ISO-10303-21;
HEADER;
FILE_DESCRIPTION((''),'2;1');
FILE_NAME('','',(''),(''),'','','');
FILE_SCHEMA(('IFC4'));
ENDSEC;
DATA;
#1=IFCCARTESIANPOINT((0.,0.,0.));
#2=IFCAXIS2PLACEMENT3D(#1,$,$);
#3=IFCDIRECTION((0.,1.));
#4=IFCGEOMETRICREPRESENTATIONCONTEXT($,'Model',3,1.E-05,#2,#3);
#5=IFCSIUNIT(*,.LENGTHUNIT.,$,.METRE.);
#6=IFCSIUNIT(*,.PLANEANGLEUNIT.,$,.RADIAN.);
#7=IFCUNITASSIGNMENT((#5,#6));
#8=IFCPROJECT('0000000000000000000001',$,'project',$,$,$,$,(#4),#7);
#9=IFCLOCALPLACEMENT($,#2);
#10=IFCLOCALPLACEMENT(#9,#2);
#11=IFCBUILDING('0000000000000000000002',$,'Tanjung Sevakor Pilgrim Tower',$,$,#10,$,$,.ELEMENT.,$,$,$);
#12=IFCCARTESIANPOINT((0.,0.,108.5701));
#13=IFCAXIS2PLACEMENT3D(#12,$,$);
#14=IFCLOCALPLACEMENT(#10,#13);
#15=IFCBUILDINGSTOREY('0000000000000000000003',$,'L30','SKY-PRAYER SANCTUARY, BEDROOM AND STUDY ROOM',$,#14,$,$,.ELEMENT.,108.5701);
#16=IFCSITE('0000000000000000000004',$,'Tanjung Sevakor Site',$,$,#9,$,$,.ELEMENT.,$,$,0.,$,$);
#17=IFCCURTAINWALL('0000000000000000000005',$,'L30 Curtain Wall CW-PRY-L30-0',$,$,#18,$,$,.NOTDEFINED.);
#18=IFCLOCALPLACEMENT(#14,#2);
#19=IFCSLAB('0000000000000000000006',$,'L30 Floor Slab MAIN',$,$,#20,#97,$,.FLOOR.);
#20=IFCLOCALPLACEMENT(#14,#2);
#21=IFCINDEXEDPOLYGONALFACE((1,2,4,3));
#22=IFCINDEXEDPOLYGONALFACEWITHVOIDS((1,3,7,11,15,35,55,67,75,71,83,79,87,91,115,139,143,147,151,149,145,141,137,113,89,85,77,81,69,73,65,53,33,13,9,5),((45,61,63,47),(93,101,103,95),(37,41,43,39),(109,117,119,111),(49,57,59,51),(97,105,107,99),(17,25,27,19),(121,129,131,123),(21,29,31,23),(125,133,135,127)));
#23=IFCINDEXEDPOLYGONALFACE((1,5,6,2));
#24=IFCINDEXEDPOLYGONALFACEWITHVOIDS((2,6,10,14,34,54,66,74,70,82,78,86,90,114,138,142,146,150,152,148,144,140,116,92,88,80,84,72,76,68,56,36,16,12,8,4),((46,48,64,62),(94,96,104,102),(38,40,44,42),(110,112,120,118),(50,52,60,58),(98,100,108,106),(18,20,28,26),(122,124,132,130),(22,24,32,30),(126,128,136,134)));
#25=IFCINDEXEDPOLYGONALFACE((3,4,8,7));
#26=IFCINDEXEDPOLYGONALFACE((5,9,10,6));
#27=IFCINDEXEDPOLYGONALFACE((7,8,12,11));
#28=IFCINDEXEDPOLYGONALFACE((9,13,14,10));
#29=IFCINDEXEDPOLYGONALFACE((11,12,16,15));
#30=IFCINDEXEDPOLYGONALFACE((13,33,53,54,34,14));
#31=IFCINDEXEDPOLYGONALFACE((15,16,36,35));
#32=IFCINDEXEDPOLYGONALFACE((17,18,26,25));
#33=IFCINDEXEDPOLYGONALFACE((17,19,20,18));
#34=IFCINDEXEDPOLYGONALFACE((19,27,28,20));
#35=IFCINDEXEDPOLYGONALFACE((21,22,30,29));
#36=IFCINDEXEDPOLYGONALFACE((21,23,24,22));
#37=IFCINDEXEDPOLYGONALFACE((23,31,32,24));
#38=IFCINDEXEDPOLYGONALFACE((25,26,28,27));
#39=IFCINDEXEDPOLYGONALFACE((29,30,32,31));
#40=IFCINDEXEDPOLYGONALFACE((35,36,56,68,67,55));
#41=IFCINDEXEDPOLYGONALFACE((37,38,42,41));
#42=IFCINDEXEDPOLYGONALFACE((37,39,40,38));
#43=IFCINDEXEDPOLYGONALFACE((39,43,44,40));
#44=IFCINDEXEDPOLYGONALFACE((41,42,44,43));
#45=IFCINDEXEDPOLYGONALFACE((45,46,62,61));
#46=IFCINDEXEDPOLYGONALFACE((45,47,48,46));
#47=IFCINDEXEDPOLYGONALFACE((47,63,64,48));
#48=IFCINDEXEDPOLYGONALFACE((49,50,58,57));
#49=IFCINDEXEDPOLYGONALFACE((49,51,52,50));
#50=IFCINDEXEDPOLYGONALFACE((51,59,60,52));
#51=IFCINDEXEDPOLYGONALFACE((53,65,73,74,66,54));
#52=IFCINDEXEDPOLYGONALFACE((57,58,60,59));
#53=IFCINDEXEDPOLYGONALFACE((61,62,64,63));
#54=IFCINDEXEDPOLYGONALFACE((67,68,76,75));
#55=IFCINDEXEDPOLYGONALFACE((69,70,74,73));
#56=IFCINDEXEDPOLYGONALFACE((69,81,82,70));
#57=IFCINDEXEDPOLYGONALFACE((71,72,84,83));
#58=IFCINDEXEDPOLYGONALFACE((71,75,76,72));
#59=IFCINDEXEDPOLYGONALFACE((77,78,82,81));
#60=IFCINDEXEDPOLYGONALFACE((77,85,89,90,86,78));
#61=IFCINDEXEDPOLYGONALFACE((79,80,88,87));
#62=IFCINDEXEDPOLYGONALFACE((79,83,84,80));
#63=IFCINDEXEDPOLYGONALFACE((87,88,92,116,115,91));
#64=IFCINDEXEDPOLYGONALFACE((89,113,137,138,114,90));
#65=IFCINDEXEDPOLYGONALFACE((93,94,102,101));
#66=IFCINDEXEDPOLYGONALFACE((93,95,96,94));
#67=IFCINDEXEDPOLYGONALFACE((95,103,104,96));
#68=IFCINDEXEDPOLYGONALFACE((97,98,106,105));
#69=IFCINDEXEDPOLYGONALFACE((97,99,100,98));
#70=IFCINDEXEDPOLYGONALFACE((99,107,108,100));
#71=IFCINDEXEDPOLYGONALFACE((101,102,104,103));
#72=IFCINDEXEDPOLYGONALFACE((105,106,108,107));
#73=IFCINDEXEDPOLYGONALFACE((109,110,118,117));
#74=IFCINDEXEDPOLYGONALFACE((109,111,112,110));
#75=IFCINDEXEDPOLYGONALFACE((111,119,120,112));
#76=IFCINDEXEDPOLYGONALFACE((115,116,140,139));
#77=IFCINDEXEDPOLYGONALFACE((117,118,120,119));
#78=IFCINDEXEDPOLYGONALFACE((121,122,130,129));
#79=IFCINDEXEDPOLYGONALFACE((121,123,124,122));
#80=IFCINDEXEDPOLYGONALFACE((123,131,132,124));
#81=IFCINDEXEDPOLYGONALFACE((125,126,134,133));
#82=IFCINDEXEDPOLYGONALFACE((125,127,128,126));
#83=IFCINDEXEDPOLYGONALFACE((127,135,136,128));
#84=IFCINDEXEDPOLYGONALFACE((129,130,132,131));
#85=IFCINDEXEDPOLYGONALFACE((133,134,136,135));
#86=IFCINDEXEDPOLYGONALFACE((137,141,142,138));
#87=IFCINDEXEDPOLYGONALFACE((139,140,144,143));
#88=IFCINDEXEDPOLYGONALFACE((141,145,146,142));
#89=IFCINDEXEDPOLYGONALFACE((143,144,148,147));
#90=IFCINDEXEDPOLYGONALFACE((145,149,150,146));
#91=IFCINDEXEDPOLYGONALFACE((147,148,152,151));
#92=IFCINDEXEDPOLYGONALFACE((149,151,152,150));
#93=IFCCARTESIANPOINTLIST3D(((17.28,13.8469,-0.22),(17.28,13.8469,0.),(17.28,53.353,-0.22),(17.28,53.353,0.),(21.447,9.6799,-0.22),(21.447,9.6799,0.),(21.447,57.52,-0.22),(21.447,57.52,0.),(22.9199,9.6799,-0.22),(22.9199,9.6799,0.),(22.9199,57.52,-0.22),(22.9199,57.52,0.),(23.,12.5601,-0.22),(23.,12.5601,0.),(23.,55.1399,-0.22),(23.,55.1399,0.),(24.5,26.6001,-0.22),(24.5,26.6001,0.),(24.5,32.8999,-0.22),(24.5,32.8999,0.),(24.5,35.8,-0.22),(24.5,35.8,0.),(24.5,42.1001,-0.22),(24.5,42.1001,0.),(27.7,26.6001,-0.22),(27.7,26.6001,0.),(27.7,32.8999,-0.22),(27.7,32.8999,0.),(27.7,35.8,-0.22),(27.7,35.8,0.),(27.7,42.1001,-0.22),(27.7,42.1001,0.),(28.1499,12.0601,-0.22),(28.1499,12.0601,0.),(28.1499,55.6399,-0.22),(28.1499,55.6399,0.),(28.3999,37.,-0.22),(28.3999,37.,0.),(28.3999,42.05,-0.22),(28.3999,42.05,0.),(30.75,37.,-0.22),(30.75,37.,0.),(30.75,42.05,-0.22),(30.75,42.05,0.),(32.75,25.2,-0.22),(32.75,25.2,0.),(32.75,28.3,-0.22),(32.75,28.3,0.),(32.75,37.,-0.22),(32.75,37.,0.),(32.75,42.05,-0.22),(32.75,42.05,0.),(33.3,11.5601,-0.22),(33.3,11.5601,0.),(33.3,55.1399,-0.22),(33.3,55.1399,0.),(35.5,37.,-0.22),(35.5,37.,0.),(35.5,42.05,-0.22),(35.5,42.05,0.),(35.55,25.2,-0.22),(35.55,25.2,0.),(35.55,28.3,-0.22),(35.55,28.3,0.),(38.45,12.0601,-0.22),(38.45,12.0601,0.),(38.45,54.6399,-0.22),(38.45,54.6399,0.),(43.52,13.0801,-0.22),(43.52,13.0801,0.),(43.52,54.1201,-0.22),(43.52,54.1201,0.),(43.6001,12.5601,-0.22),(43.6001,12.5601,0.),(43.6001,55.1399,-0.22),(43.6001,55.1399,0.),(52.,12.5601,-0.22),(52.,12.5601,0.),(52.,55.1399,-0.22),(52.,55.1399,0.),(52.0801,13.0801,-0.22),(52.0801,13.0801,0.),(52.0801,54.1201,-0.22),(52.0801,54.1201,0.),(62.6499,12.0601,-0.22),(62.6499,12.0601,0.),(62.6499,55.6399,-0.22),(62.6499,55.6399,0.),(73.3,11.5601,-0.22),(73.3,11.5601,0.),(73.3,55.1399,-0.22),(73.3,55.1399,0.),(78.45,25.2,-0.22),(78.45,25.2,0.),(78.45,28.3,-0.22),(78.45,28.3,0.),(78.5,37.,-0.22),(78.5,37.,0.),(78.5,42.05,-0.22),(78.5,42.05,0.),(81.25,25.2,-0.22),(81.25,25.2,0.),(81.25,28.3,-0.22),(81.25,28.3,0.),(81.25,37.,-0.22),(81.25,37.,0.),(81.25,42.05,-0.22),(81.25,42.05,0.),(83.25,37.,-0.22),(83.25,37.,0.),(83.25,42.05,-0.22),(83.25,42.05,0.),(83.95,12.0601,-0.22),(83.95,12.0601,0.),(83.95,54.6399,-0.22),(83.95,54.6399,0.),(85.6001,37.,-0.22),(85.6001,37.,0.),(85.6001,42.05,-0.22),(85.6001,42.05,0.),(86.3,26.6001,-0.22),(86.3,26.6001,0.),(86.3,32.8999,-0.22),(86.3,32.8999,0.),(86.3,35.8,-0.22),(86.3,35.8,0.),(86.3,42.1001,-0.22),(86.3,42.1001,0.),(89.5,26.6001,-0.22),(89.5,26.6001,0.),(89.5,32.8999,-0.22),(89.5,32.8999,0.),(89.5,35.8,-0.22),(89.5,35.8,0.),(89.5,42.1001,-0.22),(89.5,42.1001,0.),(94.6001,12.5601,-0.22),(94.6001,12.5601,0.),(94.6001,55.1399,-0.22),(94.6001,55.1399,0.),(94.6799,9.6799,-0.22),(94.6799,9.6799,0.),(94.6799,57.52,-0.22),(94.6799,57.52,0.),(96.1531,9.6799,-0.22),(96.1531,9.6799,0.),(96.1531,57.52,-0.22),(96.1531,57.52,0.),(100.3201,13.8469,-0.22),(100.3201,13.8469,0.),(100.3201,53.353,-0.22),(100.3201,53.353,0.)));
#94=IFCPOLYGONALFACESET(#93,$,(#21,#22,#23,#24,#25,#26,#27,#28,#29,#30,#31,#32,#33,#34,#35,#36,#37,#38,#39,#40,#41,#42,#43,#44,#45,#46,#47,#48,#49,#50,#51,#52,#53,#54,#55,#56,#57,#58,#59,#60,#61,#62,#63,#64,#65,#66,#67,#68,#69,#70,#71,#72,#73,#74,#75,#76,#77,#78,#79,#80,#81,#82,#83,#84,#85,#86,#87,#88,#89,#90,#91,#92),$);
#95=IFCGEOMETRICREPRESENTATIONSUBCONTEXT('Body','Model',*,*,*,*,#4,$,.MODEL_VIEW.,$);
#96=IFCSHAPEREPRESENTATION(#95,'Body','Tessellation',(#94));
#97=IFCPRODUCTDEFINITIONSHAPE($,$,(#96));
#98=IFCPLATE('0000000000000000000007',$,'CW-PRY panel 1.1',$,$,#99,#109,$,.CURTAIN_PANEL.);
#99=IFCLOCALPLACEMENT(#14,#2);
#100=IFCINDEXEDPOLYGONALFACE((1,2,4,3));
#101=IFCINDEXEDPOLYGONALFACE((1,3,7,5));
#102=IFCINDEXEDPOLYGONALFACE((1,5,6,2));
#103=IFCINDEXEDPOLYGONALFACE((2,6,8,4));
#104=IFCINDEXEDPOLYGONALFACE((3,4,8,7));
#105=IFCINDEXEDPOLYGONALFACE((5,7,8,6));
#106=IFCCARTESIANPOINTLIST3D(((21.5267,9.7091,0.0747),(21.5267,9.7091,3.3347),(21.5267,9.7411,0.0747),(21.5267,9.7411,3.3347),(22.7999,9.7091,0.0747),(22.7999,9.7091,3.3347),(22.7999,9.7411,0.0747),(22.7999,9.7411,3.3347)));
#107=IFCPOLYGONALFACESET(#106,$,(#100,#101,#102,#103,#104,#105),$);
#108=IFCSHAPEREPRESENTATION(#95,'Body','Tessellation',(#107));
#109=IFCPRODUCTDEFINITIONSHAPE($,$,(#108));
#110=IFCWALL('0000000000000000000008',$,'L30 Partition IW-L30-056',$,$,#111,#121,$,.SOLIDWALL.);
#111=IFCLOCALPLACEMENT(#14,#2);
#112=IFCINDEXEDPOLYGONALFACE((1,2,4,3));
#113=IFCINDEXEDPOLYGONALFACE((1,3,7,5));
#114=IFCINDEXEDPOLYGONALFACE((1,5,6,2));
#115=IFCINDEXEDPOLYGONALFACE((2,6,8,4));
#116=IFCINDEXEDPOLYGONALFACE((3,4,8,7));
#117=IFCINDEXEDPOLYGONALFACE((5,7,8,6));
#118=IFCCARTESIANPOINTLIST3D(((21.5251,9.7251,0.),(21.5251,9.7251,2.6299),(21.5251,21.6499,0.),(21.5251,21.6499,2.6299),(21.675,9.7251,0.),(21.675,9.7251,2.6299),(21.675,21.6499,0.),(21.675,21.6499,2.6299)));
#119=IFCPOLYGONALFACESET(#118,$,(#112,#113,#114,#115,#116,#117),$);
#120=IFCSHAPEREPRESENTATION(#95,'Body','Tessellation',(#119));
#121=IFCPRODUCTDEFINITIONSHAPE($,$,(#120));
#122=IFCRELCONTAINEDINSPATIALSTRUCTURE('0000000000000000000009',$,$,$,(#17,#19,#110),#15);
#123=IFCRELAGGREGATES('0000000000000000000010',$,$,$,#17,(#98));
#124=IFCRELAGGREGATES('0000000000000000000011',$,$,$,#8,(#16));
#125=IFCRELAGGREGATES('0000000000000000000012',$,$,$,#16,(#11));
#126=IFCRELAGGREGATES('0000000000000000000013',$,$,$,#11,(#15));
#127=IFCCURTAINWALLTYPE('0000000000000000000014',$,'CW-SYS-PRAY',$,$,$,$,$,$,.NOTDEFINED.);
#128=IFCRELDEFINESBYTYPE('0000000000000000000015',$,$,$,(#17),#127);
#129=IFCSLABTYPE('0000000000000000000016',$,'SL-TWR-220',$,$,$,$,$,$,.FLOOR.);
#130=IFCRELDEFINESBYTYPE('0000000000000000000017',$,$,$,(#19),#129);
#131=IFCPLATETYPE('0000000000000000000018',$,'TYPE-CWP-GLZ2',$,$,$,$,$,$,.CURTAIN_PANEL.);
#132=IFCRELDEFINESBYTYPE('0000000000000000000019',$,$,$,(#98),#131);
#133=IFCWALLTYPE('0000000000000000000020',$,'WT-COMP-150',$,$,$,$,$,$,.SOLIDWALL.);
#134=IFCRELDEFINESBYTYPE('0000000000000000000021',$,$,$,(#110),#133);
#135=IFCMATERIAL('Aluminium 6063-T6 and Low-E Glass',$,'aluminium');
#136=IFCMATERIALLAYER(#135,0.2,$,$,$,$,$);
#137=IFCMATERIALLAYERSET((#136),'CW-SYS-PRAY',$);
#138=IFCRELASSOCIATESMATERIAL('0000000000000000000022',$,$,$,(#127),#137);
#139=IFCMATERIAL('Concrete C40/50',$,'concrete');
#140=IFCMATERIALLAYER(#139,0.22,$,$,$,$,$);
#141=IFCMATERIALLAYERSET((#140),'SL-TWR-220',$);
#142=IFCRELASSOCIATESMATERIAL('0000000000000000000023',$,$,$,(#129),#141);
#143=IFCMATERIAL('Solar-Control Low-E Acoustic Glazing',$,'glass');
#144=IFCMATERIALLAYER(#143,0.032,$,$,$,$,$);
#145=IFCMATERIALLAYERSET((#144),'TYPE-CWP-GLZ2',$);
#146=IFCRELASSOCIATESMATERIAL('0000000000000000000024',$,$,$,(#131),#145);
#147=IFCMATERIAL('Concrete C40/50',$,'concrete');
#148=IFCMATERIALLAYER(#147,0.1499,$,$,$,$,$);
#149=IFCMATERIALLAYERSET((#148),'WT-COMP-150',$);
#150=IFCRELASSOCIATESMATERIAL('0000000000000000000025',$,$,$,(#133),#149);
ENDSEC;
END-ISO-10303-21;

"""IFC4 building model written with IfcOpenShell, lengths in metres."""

from ifc_helpers import new_model, si_unit, direction, frame, frame_2d, origin, origin_2d, place, context, subcontext, project, spatial, polyline, rectangle, outline, extrude, material, layer, layer_set, type_object, element, aggregate, save


model = new_model("IFC4")

# Units and contexts
model_context = context("Model", 3, precision=1e-05, world=origin(), true_north=direction((0.0, 1.0)))
body_context = subcontext(model_context, "Body", "Model", "MODEL_VIEW")
ifc_project = project(units=[si_unit("LENGTHUNIT", "METRE"), si_unit("PLANEANGLEUNIT", "RADIAN")], contexts=[model_context])

# Site, building, storey
site_placement = place(None, origin())
site = spatial("IfcSite", under=ifc_project, at=site_placement, Name="Tanjung Sevakor Site", CompositionType="ELEMENT", RefElevation=0.0)
building_placement = place(site_placement, origin())
building = spatial("IfcBuilding", under=site, at=building_placement, Name="Tanjung Sevakor Pilgrim Tower", CompositionType="ELEMENT")
storey_placement = place(building_placement, frame((0.0, 0.0, 108.5701)))
storey = spatial("IfcBuildingStorey", under=building, at=storey_placement, Name="L30", Description="SKY-PRAYER SANCTUARY, BEDROOM AND STUDY ROOM", CompositionType="ELEMENT", Elevation=108.5701)

# Curtain wall
ifc_material_1 = material(Name="Aluminium 6063-T6 and Low-E Glass", Category="aluminium")
ifc_layer_1 = layer(ifc_material_1, 0.2)
ifc_layer_set_1 = layer_set([ifc_layer_1], Name="CW-SYS-PRAY")
curtain_wall_type = type_object("IfcCurtainWallType", Name="CW-SYS-PRAY", PredefinedType="NOTDEFINED", material=ifc_layer_set_1)
curtain_wall_placement = place(storey_placement, origin())
curtain_wall = element("IfcCurtainWall", 1, at=curtain_wall_placement, inside=storey, type_object=curtain_wall_type, Name="L30 Curtain Wall CW-PRY-L30-0", PredefinedType="NOTDEFINED")

# Slab
ifc_material_2 = material(Name="Concrete C40/50", Category="concrete")
ifc_layer_2 = layer(ifc_material_2, 0.22)
ifc_layer_set_2 = layer_set([ifc_layer_2], Name="SL-TWR-220")
slab_type_1 = type_object("IfcSlabType", Name="SL-TWR-220", PredefinedType="FLOOR", material=ifc_layer_set_2)
slab_1_placement = place(storey_placement, frame((0.0, 0.0, -0.22)))
element("IfcSlab", 2, at=slab_1_placement, inside=storey, type_object=slab_type_1, Name="L30 Floor Slab MAIN", PredefinedType="FLOOR", context=body_context, shape_type="SweptSolid", body=[
    extrude(outline(polyline([(21.447, 9.6799), (22.9199, 9.6799), (23.0, 12.5601), (28.1499, 12.0601), (33.3, 11.5601), (38.45, 12.0601), (43.6001, 12.5601), (43.52, 13.0801), (52.0801, 13.0801), (52.0, 12.5601), (62.6499, 12.0601), (73.3, 11.5601), (83.95, 12.0601), (94.6001, 12.5601), (94.6799, 9.6799), (96.1531, 9.6799), (100.3201, 13.8469), (100.3201, 53.353), (96.1531, 57.52), (94.6799, 57.52), (94.6001, 55.1399), (83.95, 54.6399), (73.3, 55.1399), (62.6499, 55.6399), (52.0, 55.1399), (52.0801, 54.1201), (43.52, 54.1201), (43.6001, 55.1399), (38.45, 54.6399), (33.3, 55.1399), (28.1499, 55.6399), (23.0, 55.1399), (22.9199, 57.52), (21.447, 57.52), (17.28, 53.353), (17.28, 13.8469), (21.447, 9.6799)]), holes=[polyline([(27.7, 26.6001), (27.7, 32.8999), (24.5, 32.8999), (24.5, 26.6001), (27.7, 26.6001)]), polyline([(27.7, 35.8), (27.7, 42.1001), (24.5, 42.1001), (24.5, 35.8), (27.7, 35.8)]), polyline([(89.5, 26.6001), (89.5, 32.8999), (86.3, 32.8999), (86.3, 26.6001), (89.5, 26.6001)]), polyline([(89.5, 35.8), (89.5, 42.1001), (86.3, 42.1001), (86.3, 35.8), (89.5, 35.8)]), polyline([(32.75, 25.2), (35.55, 25.2), (35.55, 28.3), (32.75, 28.3), (32.75, 25.2)]), polyline([(28.3999, 37.0), (30.75, 37.0), (30.75, 42.05), (28.3999, 42.05), (28.3999, 37.0)]), polyline([(32.75, 37.0), (35.5, 37.0), (35.5, 42.05), (32.75, 42.05), (32.75, 37.0)]), polyline([(78.45, 25.2), (81.25, 25.2), (81.25, 28.3), (78.45, 28.3), (78.45, 25.2)]), polyline([(83.25, 37.0), (85.6001, 37.0), (85.6001, 42.05), (83.25, 42.05), (83.25, 37.0)]), polyline([(78.5, 37.0), (81.25, 37.0), (81.25, 42.05), (78.5, 42.05), (78.5, 37.0)])]), origin(), (0.0, 0.0, 1.0), 0.22),
])

# Plate
ifc_material_3 = material(Name="Solar-Control Low-E Acoustic Glazing", Category="glass")
ifc_layer_3 = layer(ifc_material_3, 0.032)
ifc_layer_set_3 = layer_set([ifc_layer_3], Name="TYPE-CWP-GLZ2")
plate_type = type_object("IfcPlateType", Name="TYPE-CWP-GLZ2", PredefinedType="CURTAIN_PANEL", material=ifc_layer_set_3)
plate_placement = place(storey_placement, frame((22.1633, 9.7251, 0.0747), z_axis=(0.0, 0.0, 1.0), x_axis=(1.0, 0.0, 0.0)))
plate = element("IfcPlate", 3, at=plate_placement, type_object=plate_type, Name="CW-PRY panel 1.1", PredefinedType="CURTAIN_PANEL", context=body_context, shape_type="SweptSolid", body=[
    extrude(rectangle(XDim=1.2732, YDim=0.032, at=origin_2d()), origin(), (0.0, 0.0, 1.0), 3.26),
])
aggregate(curtain_wall, [plate])

# Wall
ifc_material_4 = material(Name="Concrete C40/50", Category="concrete")
ifc_layer_4 = layer(ifc_material_4, 0.1499)
ifc_layer_set_4 = layer_set([ifc_layer_4], Name="WT-COMP-150")
wall_type = type_object("IfcWallType", Name="WT-COMP-150", PredefinedType="SOLIDWALL", material=ifc_layer_set_4)
wall_placement = place(storey_placement, frame((21.6001, 9.7251, 0.0), z_axis=(0.0, 0.0, 1.0), x_axis=(0.0, 1.0, 0.0)))
element("IfcWall", 4, at=wall_placement, inside=storey, type_object=wall_type, Name="L30 Partition IW-L30-056", PredefinedType="SOLIDWALL", context=body_context, shape_type="SweptSolid", body=[
    extrude(rectangle(XDim=11.9248, YDim=0.1499, at=frame_2d((5.9624, 0.0))), origin(), (0.0, 0.0, 1.0), 2.6299),
])

save(model, "model.ifc")
